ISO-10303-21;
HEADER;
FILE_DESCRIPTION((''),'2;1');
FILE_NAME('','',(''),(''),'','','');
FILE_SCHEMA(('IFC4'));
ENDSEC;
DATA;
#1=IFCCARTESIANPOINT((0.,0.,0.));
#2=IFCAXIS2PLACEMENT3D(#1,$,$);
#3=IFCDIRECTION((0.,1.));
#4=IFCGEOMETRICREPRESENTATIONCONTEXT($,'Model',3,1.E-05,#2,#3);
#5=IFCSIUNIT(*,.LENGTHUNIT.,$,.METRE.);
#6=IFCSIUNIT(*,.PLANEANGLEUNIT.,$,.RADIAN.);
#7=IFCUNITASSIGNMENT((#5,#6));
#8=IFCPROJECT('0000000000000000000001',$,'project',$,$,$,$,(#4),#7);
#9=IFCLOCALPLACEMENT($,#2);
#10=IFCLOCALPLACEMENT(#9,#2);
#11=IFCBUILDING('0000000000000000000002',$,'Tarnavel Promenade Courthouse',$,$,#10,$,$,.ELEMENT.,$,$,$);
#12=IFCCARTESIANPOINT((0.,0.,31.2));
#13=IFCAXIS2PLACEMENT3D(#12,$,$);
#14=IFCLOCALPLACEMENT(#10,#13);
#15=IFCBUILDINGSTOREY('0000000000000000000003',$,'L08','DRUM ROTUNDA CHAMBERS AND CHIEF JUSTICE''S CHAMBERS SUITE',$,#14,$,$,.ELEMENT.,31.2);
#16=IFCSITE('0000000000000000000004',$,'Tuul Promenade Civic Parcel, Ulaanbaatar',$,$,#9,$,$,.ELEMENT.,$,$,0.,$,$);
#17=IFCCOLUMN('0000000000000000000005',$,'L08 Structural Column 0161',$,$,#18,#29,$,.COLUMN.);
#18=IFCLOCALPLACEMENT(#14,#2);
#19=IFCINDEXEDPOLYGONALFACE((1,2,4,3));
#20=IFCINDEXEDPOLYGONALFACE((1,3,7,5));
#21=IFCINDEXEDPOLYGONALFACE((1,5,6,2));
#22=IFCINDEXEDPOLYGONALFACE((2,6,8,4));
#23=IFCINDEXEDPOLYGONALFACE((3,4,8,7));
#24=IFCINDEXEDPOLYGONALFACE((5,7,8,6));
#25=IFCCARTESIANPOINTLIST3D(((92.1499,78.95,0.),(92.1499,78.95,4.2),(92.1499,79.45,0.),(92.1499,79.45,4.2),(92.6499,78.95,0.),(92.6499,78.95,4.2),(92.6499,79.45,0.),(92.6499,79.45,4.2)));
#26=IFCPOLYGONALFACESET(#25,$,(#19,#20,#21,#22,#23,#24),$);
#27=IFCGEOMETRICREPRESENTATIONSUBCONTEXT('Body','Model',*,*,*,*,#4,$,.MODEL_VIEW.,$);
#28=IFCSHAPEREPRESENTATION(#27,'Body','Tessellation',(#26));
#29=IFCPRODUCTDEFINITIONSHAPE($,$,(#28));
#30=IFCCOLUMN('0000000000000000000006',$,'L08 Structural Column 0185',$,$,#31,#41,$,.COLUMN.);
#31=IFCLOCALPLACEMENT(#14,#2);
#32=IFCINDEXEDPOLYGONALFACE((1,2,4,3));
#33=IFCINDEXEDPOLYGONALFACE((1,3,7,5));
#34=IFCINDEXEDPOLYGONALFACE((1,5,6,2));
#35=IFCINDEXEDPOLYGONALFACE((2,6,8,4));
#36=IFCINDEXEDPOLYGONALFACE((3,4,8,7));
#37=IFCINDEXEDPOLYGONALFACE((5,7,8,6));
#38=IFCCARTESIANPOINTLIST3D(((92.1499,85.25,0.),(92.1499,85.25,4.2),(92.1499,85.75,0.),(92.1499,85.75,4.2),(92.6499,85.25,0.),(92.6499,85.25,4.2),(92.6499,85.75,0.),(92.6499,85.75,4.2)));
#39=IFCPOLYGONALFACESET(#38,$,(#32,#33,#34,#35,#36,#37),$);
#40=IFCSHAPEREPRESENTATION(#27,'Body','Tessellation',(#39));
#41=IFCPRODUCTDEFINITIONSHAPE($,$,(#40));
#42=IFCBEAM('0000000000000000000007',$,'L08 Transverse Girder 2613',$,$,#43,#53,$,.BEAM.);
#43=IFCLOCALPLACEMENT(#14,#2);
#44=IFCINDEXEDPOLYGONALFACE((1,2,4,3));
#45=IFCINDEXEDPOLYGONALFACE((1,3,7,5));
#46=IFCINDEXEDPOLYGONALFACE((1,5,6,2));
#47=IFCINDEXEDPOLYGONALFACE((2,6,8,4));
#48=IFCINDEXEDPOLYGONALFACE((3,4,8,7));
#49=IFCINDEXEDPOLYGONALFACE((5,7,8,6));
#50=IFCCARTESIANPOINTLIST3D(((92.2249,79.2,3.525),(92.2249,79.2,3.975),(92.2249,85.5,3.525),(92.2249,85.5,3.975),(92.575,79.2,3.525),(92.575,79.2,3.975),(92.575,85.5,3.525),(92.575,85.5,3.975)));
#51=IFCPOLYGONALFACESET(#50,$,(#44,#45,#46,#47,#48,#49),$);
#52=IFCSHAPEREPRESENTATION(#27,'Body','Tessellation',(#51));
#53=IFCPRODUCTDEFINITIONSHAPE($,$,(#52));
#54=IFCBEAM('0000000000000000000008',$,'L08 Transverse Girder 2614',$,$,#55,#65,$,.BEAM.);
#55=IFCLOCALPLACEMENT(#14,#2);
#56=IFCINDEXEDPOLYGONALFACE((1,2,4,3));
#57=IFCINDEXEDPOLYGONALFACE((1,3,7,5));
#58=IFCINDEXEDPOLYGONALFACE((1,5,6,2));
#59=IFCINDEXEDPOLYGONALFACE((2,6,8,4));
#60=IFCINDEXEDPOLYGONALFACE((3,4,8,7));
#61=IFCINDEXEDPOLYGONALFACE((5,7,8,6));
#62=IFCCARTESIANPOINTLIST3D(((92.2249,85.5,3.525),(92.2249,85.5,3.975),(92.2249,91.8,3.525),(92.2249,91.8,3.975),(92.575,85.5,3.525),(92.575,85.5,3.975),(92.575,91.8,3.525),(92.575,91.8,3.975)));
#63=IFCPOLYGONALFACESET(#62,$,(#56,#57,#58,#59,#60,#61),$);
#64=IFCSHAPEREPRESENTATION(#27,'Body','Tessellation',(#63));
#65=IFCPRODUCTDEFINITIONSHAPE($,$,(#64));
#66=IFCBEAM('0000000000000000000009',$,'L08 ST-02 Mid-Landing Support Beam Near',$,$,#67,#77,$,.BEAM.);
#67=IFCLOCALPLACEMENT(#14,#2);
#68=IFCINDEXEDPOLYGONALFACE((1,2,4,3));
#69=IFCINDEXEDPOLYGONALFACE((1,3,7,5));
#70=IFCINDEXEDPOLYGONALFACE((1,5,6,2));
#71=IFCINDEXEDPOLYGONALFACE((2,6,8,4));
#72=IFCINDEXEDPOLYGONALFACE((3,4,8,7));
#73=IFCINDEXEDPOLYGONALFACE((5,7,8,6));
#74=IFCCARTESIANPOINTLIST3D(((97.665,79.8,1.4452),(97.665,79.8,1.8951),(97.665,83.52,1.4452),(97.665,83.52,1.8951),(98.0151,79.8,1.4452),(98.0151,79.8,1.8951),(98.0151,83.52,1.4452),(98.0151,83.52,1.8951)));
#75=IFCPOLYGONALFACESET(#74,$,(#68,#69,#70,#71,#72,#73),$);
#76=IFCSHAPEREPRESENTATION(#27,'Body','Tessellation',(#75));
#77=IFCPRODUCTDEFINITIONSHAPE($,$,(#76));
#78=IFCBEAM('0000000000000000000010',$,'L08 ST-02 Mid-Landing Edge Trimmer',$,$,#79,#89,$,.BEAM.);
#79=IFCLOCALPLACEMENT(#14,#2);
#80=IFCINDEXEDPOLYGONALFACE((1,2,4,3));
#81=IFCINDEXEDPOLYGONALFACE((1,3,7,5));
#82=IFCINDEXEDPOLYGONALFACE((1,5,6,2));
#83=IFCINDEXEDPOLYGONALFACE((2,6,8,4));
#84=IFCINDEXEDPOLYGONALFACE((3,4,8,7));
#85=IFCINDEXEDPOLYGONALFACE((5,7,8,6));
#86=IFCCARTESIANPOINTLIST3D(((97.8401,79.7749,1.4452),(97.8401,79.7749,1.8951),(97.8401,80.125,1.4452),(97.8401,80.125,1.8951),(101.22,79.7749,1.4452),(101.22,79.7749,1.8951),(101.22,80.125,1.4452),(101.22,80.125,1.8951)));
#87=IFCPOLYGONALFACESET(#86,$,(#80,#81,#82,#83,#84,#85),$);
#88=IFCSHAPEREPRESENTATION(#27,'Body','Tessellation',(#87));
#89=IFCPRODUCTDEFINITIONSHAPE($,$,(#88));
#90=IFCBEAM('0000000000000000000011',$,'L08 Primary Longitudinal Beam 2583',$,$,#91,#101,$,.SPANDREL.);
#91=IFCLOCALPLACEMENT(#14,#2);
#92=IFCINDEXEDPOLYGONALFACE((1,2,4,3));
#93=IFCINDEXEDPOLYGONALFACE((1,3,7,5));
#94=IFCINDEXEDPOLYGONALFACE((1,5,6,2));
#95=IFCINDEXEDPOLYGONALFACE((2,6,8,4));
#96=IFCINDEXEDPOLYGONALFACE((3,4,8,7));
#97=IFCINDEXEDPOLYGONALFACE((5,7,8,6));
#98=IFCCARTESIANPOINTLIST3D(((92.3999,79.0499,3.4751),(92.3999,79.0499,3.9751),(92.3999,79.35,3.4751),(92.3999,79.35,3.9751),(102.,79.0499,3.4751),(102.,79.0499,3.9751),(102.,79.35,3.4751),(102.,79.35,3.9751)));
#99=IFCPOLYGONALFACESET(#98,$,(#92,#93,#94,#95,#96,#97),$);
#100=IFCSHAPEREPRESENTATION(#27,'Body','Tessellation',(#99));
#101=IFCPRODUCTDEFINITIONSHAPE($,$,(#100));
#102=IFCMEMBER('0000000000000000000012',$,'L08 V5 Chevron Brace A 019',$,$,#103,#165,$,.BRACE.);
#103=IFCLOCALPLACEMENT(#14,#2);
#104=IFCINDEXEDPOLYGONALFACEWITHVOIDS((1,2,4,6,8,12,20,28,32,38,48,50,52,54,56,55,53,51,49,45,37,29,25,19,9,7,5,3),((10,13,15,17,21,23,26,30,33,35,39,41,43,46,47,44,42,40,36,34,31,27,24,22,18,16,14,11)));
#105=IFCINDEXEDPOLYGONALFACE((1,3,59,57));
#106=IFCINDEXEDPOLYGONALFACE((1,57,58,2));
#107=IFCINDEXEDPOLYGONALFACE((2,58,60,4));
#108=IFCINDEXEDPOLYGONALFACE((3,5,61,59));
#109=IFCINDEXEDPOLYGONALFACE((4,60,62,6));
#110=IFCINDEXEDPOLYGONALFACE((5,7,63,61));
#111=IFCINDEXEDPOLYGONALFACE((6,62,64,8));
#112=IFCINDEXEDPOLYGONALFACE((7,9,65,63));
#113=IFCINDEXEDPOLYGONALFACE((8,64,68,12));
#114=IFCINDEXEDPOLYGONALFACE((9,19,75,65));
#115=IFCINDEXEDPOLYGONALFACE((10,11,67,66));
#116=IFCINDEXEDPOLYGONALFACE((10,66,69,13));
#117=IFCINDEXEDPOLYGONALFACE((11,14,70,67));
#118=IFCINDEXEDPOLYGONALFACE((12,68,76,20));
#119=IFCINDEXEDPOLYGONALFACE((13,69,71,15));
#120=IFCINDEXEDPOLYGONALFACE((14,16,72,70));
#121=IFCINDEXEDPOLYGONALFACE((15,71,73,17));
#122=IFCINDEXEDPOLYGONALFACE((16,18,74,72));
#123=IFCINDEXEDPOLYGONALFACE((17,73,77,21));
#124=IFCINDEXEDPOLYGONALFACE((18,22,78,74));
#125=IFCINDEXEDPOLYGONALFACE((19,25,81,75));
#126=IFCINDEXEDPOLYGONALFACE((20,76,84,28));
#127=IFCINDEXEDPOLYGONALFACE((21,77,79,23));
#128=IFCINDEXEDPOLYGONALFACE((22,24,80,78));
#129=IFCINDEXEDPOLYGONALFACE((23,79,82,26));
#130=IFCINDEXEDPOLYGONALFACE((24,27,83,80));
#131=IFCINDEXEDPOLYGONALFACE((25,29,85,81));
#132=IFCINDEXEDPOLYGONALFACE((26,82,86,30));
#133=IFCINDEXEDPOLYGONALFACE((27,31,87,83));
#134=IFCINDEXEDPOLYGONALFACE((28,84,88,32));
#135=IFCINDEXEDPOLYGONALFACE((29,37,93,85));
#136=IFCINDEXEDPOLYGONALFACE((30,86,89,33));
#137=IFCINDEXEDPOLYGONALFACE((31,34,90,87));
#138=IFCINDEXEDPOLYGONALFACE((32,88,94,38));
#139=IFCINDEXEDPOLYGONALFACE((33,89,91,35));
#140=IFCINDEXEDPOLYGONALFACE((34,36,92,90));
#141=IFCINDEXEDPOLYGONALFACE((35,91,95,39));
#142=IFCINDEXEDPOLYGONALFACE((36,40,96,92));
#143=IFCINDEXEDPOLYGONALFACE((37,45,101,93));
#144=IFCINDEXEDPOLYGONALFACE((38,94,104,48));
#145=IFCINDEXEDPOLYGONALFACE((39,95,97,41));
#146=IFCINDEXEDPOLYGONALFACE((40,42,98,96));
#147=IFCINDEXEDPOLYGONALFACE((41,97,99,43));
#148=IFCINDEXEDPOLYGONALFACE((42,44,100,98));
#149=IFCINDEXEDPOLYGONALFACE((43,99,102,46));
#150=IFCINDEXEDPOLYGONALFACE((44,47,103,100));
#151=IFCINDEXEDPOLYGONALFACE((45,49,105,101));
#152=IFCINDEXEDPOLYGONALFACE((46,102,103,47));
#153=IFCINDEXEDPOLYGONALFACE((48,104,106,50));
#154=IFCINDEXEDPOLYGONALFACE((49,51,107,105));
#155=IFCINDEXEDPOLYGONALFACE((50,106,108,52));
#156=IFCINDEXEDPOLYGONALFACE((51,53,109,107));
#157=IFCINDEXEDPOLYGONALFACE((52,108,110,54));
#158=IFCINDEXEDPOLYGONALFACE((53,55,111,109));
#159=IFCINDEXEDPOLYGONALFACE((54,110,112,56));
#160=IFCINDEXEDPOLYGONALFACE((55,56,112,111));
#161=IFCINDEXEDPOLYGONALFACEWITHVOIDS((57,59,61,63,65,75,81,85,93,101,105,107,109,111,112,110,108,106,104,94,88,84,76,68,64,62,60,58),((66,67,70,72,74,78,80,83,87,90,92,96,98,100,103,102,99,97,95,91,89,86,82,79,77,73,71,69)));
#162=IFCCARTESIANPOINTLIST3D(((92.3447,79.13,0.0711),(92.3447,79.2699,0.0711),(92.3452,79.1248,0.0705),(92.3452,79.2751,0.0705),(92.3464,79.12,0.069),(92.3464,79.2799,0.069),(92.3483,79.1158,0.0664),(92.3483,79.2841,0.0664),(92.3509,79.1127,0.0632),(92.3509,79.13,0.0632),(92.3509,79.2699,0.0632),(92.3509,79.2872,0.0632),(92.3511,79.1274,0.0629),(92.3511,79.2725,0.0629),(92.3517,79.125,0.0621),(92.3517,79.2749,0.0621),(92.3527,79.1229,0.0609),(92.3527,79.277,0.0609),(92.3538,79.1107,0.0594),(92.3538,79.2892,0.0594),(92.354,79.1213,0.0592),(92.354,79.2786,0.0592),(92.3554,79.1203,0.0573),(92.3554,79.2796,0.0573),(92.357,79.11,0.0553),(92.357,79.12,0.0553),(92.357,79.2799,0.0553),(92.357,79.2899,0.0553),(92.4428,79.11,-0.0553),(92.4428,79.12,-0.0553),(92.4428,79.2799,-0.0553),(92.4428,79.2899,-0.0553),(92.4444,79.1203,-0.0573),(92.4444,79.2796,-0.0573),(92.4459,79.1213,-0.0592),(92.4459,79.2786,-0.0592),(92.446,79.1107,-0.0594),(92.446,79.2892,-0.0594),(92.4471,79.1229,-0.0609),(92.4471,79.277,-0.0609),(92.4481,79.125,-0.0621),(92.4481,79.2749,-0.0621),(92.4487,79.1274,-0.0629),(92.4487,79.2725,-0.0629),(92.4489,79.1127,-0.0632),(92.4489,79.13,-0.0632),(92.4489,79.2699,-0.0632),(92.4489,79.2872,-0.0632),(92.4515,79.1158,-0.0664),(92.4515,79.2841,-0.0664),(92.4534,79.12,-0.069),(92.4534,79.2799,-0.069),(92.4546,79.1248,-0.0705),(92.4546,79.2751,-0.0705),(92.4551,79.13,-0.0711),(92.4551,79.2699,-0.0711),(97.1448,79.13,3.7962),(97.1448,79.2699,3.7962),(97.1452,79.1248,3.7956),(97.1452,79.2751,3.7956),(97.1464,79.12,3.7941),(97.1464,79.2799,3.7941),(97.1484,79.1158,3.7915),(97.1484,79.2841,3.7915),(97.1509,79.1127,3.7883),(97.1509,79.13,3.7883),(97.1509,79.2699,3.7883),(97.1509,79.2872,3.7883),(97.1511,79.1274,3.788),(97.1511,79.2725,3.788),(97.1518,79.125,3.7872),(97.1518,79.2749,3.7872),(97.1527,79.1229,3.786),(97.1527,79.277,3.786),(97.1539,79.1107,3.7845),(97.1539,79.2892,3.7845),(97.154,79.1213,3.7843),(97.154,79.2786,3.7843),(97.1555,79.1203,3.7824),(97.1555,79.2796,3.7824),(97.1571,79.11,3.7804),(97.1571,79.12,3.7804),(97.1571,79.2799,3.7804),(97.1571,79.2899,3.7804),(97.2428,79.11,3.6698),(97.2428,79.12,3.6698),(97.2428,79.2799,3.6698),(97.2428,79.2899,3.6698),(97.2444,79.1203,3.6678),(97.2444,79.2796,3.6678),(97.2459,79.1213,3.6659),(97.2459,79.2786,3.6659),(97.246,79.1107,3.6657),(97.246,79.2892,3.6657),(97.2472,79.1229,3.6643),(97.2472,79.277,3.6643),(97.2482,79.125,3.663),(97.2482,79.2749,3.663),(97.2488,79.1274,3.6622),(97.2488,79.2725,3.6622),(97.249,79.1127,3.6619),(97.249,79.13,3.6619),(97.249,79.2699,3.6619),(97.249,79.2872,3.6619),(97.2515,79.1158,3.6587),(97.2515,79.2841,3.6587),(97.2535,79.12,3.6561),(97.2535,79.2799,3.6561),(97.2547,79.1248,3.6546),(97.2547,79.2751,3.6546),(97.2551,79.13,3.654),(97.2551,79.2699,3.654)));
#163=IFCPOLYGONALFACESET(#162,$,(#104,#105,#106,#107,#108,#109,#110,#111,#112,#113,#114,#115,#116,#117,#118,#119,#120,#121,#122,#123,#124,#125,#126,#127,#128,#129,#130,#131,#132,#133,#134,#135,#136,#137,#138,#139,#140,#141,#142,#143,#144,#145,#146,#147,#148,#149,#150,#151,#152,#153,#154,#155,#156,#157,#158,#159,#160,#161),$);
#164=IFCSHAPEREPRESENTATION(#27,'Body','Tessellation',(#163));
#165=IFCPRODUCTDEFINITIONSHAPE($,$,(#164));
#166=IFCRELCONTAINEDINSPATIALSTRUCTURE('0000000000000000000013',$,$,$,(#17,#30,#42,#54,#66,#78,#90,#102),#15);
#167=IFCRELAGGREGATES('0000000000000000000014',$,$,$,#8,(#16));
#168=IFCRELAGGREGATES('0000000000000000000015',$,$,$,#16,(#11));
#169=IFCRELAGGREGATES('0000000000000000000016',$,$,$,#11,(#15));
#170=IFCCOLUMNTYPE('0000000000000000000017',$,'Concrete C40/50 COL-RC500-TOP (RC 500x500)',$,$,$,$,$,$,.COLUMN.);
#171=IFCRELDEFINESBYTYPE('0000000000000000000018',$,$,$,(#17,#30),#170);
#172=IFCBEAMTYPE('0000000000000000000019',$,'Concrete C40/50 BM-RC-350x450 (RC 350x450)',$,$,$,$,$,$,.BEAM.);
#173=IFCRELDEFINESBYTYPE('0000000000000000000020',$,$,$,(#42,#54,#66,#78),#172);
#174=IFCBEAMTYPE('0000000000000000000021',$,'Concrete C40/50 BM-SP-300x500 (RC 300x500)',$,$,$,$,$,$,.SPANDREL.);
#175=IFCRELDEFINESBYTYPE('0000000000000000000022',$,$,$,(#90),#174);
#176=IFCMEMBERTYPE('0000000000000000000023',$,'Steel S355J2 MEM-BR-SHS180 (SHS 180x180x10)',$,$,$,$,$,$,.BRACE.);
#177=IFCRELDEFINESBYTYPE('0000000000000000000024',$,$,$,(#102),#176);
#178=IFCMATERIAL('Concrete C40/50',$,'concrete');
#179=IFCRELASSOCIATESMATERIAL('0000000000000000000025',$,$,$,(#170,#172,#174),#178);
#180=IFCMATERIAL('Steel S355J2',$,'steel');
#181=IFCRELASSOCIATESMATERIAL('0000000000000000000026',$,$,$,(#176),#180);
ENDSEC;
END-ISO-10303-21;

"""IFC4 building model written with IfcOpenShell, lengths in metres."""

from ifc_helpers import new_model, si_unit, direction, frame, origin, origin_2d, place, context, subcontext, project, spatial, rectangle, hollow_rectangle, extrude, material, material_profile, profile_set, type_object, element, save


model = new_model("IFC4")

# Units and contexts
model_context = context("Model", 3, precision=1e-05, world=origin(), true_north=direction((0.0, 1.0)))
body_context = subcontext(model_context, "Body", "Model", "MODEL_VIEW")
ifc_project = project(units=[si_unit("LENGTHUNIT", "METRE"), si_unit("PLANEANGLEUNIT", "RADIAN")], contexts=[model_context])

# Site, building, storey
site_placement = place(None, origin())
site = spatial("IfcSite", under=ifc_project, at=site_placement, Name="Tuul Promenade Civic Parcel, Ulaanbaatar", CompositionType="ELEMENT", RefElevation=0.0)
building_placement = place(site_placement, origin())
building = spatial("IfcBuilding", under=site, at=building_placement, Name="Tarnavel Promenade Courthouse", CompositionType="ELEMENT")
storey_placement = place(building_placement, frame((0.0, 0.0, 31.2)))
storey = spatial("IfcBuildingStorey", under=building, at=storey_placement, Name="L08", Description="DRUM ROTUNDA CHAMBERS AND CHIEF JUSTICE'S CHAMBERS SUITE", CompositionType="ELEMENT", Elevation=31.2)

# Columns
ifc_material_1 = material(Name="Concrete C40/50", Category="concrete")
ifc_material_profile_1 = material_profile(ifc_material_1, rectangle(XDim=0.5, YDim=0.5, at=origin_2d()), Name="RC 500x500")
ifc_profile_set_1 = profile_set([ifc_material_profile_1], Name="Concrete C40/50")
column_type = type_object("IfcColumnType", Name="Concrete C40/50 COL-RC500-TOP (RC 500x500)", PredefinedType="COLUMN", material=ifc_profile_set_1)
for number, where, z_axis, x_axis, name in (
    (1, (92.3999, 79.2, 0.0), (0.0, 0.0, 1.0), (1.0, 0.0, 0.0), "L08 Structural Column 0161"),
    (2, (92.3999, 85.5, 0.0), (0.0, 0.0, 1.0), (1.0, 0.0, 0.0), "L08 Structural Column 0185"),
):
    element("IfcColumn", number, at=place(storey_placement, frame(where, z_axis=z_axis, x_axis=x_axis)), inside=storey, type_object=column_type, Name=name, PredefinedType="COLUMN", context=body_context, shape_type="SweptSolid", body=[
        extrude(rectangle(XDim=0.5, YDim=0.5, at=origin_2d()), origin(), (0.0, 0.0, 1.0), 4.2),
    ])

# Beams
ifc_material_profile_2 = material_profile(ifc_material_1, rectangle(XDim=0.3501, YDim=0.45, at=origin_2d()), Name="RC 350x450")
ifc_profile_set_2 = profile_set([ifc_material_profile_2], Name="Concrete C40/50")
beam_type_1 = type_object("IfcBeamType", Name="Concrete C40/50 BM-RC-350x450 (RC 350x450)", PredefinedType="BEAM", material=ifc_profile_set_2)
for number, where, z_axis, x_axis, name in (
    (3, (92.3999, 79.2, 3.75), (0.0, 1.0, 0.0), (-1.0, 0.0, 0.0), "L08 Transverse Girder 2613"),
    (4, (92.3999, 85.5, 3.75), (0.0, 1.0, 0.0), (-1.0, 0.0, 0.0), "L08 Transverse Girder 2614"),
):
    element("IfcBeam", number, at=place(storey_placement, frame(where, z_axis=z_axis, x_axis=x_axis)), inside=storey, type_object=beam_type_1, Name=name, PredefinedType="BEAM", context=body_context, shape_type="SweptSolid", body=[
        extrude(rectangle(XDim=0.3501, YDim=0.45, at=origin_2d()), origin(), (0.0, 0.0, 1.0), 6.3),
    ])
beam_1_placement = place(storey_placement, frame((97.8401, 79.8, 1.6702), z_axis=(0.0, 1.0, 0.0), x_axis=(-1.0, 0.0, 0.0)))
element("IfcBeam", 5, at=beam_1_placement, inside=storey, type_object=beam_type_1, Name="L08 ST-02 Mid-Landing Support Beam Near", PredefinedType="BEAM", context=body_context, shape_type="SweptSolid", body=[
    extrude(rectangle(XDim=0.3501, YDim=0.45, at=origin_2d()), origin(), (0.0, 0.0, 1.0), 3.72),
])
beam_2_placement = place(storey_placement, frame((97.8401, 79.95, 1.6702), z_axis=(1.0, 0.0, 0.0), x_axis=(0.0, 1.0, 0.0)))
element("IfcBeam", 6, at=beam_2_placement, inside=storey, type_object=beam_type_1, Name="L08 ST-02 Mid-Landing Edge Trimmer", PredefinedType="BEAM", context=body_context, shape_type="SweptSolid", body=[
    extrude(rectangle(XDim=0.3501, YDim=0.45, at=origin_2d()), origin(), (0.0, 0.0, 1.0), 3.3799),
])
ifc_material_profile_3 = material_profile(ifc_material_1, rectangle(XDim=0.3, YDim=0.5, at=origin_2d()), Name="RC 300x500")
ifc_profile_set_3 = profile_set([ifc_material_profile_3], Name="Concrete C40/50")
beam_type_2 = type_object("IfcBeamType", Name="Concrete C40/50 BM-SP-300x500 (RC 300x500)", PredefinedType="SPANDREL", material=ifc_profile_set_3)
beam_3_placement = place(storey_placement, frame((92.3999, 79.2, 3.7251), z_axis=(1.0, 0.0, 0.0), x_axis=(0.0, 1.0, 0.0)))
element("IfcBeam", 7, at=beam_3_placement, inside=storey, type_object=beam_type_2, Name="L08 Primary Longitudinal Beam 2583", PredefinedType="SPANDREL", context=body_context, shape_type="SweptSolid", body=[
    extrude(rectangle(XDim=0.3, YDim=0.5, at=origin_2d()), origin(), (0.0, 0.0, 1.0), 9.6001),
])

# Member
ifc_material_2 = material(Name="Steel S355J2", Category="steel")
ifc_material_profile_4 = material_profile(ifc_material_2, hollow_rectangle(XDim=0.1799, YDim=0.1799, WallThickness=0.01, InnerFilletRadius=0.01, OuterFilletRadius=0.02, at=origin_2d()), Name="SHS 180x180x10")
ifc_profile_set_4 = profile_set([ifc_material_profile_4], Name="Steel S355J2")
member_type_1 = type_object("IfcMemberType", Name="Steel S355J2 MEM-BR-SHS180 (SHS 180x180x10)", PredefinedType="BRACE", material=ifc_profile_set_4)
member_1_placement = place(storey_placement, frame((92.3999, 79.2, 0.0), z_axis=(0.790012, 0.0, 0.613092), x_axis=(0.0, 1.0, 0.0)))
element("IfcMember", 8, at=member_1_placement, inside=storey, type_object=member_type_1, Name="L08 V5 Chevron Brace A 019", PredefinedType="BRACE", context=body_context, shape_type="SweptSolid", body=[
    extrude(hollow_rectangle(XDim=0.1799, YDim=0.1799, WallThickness=0.01, InnerFilletRadius=0.01, OuterFilletRadius=0.02, at=origin_2d()), origin(), (0.0, 0.0, 1.0), 6.0759),
])

save(model, "model.ifc")
